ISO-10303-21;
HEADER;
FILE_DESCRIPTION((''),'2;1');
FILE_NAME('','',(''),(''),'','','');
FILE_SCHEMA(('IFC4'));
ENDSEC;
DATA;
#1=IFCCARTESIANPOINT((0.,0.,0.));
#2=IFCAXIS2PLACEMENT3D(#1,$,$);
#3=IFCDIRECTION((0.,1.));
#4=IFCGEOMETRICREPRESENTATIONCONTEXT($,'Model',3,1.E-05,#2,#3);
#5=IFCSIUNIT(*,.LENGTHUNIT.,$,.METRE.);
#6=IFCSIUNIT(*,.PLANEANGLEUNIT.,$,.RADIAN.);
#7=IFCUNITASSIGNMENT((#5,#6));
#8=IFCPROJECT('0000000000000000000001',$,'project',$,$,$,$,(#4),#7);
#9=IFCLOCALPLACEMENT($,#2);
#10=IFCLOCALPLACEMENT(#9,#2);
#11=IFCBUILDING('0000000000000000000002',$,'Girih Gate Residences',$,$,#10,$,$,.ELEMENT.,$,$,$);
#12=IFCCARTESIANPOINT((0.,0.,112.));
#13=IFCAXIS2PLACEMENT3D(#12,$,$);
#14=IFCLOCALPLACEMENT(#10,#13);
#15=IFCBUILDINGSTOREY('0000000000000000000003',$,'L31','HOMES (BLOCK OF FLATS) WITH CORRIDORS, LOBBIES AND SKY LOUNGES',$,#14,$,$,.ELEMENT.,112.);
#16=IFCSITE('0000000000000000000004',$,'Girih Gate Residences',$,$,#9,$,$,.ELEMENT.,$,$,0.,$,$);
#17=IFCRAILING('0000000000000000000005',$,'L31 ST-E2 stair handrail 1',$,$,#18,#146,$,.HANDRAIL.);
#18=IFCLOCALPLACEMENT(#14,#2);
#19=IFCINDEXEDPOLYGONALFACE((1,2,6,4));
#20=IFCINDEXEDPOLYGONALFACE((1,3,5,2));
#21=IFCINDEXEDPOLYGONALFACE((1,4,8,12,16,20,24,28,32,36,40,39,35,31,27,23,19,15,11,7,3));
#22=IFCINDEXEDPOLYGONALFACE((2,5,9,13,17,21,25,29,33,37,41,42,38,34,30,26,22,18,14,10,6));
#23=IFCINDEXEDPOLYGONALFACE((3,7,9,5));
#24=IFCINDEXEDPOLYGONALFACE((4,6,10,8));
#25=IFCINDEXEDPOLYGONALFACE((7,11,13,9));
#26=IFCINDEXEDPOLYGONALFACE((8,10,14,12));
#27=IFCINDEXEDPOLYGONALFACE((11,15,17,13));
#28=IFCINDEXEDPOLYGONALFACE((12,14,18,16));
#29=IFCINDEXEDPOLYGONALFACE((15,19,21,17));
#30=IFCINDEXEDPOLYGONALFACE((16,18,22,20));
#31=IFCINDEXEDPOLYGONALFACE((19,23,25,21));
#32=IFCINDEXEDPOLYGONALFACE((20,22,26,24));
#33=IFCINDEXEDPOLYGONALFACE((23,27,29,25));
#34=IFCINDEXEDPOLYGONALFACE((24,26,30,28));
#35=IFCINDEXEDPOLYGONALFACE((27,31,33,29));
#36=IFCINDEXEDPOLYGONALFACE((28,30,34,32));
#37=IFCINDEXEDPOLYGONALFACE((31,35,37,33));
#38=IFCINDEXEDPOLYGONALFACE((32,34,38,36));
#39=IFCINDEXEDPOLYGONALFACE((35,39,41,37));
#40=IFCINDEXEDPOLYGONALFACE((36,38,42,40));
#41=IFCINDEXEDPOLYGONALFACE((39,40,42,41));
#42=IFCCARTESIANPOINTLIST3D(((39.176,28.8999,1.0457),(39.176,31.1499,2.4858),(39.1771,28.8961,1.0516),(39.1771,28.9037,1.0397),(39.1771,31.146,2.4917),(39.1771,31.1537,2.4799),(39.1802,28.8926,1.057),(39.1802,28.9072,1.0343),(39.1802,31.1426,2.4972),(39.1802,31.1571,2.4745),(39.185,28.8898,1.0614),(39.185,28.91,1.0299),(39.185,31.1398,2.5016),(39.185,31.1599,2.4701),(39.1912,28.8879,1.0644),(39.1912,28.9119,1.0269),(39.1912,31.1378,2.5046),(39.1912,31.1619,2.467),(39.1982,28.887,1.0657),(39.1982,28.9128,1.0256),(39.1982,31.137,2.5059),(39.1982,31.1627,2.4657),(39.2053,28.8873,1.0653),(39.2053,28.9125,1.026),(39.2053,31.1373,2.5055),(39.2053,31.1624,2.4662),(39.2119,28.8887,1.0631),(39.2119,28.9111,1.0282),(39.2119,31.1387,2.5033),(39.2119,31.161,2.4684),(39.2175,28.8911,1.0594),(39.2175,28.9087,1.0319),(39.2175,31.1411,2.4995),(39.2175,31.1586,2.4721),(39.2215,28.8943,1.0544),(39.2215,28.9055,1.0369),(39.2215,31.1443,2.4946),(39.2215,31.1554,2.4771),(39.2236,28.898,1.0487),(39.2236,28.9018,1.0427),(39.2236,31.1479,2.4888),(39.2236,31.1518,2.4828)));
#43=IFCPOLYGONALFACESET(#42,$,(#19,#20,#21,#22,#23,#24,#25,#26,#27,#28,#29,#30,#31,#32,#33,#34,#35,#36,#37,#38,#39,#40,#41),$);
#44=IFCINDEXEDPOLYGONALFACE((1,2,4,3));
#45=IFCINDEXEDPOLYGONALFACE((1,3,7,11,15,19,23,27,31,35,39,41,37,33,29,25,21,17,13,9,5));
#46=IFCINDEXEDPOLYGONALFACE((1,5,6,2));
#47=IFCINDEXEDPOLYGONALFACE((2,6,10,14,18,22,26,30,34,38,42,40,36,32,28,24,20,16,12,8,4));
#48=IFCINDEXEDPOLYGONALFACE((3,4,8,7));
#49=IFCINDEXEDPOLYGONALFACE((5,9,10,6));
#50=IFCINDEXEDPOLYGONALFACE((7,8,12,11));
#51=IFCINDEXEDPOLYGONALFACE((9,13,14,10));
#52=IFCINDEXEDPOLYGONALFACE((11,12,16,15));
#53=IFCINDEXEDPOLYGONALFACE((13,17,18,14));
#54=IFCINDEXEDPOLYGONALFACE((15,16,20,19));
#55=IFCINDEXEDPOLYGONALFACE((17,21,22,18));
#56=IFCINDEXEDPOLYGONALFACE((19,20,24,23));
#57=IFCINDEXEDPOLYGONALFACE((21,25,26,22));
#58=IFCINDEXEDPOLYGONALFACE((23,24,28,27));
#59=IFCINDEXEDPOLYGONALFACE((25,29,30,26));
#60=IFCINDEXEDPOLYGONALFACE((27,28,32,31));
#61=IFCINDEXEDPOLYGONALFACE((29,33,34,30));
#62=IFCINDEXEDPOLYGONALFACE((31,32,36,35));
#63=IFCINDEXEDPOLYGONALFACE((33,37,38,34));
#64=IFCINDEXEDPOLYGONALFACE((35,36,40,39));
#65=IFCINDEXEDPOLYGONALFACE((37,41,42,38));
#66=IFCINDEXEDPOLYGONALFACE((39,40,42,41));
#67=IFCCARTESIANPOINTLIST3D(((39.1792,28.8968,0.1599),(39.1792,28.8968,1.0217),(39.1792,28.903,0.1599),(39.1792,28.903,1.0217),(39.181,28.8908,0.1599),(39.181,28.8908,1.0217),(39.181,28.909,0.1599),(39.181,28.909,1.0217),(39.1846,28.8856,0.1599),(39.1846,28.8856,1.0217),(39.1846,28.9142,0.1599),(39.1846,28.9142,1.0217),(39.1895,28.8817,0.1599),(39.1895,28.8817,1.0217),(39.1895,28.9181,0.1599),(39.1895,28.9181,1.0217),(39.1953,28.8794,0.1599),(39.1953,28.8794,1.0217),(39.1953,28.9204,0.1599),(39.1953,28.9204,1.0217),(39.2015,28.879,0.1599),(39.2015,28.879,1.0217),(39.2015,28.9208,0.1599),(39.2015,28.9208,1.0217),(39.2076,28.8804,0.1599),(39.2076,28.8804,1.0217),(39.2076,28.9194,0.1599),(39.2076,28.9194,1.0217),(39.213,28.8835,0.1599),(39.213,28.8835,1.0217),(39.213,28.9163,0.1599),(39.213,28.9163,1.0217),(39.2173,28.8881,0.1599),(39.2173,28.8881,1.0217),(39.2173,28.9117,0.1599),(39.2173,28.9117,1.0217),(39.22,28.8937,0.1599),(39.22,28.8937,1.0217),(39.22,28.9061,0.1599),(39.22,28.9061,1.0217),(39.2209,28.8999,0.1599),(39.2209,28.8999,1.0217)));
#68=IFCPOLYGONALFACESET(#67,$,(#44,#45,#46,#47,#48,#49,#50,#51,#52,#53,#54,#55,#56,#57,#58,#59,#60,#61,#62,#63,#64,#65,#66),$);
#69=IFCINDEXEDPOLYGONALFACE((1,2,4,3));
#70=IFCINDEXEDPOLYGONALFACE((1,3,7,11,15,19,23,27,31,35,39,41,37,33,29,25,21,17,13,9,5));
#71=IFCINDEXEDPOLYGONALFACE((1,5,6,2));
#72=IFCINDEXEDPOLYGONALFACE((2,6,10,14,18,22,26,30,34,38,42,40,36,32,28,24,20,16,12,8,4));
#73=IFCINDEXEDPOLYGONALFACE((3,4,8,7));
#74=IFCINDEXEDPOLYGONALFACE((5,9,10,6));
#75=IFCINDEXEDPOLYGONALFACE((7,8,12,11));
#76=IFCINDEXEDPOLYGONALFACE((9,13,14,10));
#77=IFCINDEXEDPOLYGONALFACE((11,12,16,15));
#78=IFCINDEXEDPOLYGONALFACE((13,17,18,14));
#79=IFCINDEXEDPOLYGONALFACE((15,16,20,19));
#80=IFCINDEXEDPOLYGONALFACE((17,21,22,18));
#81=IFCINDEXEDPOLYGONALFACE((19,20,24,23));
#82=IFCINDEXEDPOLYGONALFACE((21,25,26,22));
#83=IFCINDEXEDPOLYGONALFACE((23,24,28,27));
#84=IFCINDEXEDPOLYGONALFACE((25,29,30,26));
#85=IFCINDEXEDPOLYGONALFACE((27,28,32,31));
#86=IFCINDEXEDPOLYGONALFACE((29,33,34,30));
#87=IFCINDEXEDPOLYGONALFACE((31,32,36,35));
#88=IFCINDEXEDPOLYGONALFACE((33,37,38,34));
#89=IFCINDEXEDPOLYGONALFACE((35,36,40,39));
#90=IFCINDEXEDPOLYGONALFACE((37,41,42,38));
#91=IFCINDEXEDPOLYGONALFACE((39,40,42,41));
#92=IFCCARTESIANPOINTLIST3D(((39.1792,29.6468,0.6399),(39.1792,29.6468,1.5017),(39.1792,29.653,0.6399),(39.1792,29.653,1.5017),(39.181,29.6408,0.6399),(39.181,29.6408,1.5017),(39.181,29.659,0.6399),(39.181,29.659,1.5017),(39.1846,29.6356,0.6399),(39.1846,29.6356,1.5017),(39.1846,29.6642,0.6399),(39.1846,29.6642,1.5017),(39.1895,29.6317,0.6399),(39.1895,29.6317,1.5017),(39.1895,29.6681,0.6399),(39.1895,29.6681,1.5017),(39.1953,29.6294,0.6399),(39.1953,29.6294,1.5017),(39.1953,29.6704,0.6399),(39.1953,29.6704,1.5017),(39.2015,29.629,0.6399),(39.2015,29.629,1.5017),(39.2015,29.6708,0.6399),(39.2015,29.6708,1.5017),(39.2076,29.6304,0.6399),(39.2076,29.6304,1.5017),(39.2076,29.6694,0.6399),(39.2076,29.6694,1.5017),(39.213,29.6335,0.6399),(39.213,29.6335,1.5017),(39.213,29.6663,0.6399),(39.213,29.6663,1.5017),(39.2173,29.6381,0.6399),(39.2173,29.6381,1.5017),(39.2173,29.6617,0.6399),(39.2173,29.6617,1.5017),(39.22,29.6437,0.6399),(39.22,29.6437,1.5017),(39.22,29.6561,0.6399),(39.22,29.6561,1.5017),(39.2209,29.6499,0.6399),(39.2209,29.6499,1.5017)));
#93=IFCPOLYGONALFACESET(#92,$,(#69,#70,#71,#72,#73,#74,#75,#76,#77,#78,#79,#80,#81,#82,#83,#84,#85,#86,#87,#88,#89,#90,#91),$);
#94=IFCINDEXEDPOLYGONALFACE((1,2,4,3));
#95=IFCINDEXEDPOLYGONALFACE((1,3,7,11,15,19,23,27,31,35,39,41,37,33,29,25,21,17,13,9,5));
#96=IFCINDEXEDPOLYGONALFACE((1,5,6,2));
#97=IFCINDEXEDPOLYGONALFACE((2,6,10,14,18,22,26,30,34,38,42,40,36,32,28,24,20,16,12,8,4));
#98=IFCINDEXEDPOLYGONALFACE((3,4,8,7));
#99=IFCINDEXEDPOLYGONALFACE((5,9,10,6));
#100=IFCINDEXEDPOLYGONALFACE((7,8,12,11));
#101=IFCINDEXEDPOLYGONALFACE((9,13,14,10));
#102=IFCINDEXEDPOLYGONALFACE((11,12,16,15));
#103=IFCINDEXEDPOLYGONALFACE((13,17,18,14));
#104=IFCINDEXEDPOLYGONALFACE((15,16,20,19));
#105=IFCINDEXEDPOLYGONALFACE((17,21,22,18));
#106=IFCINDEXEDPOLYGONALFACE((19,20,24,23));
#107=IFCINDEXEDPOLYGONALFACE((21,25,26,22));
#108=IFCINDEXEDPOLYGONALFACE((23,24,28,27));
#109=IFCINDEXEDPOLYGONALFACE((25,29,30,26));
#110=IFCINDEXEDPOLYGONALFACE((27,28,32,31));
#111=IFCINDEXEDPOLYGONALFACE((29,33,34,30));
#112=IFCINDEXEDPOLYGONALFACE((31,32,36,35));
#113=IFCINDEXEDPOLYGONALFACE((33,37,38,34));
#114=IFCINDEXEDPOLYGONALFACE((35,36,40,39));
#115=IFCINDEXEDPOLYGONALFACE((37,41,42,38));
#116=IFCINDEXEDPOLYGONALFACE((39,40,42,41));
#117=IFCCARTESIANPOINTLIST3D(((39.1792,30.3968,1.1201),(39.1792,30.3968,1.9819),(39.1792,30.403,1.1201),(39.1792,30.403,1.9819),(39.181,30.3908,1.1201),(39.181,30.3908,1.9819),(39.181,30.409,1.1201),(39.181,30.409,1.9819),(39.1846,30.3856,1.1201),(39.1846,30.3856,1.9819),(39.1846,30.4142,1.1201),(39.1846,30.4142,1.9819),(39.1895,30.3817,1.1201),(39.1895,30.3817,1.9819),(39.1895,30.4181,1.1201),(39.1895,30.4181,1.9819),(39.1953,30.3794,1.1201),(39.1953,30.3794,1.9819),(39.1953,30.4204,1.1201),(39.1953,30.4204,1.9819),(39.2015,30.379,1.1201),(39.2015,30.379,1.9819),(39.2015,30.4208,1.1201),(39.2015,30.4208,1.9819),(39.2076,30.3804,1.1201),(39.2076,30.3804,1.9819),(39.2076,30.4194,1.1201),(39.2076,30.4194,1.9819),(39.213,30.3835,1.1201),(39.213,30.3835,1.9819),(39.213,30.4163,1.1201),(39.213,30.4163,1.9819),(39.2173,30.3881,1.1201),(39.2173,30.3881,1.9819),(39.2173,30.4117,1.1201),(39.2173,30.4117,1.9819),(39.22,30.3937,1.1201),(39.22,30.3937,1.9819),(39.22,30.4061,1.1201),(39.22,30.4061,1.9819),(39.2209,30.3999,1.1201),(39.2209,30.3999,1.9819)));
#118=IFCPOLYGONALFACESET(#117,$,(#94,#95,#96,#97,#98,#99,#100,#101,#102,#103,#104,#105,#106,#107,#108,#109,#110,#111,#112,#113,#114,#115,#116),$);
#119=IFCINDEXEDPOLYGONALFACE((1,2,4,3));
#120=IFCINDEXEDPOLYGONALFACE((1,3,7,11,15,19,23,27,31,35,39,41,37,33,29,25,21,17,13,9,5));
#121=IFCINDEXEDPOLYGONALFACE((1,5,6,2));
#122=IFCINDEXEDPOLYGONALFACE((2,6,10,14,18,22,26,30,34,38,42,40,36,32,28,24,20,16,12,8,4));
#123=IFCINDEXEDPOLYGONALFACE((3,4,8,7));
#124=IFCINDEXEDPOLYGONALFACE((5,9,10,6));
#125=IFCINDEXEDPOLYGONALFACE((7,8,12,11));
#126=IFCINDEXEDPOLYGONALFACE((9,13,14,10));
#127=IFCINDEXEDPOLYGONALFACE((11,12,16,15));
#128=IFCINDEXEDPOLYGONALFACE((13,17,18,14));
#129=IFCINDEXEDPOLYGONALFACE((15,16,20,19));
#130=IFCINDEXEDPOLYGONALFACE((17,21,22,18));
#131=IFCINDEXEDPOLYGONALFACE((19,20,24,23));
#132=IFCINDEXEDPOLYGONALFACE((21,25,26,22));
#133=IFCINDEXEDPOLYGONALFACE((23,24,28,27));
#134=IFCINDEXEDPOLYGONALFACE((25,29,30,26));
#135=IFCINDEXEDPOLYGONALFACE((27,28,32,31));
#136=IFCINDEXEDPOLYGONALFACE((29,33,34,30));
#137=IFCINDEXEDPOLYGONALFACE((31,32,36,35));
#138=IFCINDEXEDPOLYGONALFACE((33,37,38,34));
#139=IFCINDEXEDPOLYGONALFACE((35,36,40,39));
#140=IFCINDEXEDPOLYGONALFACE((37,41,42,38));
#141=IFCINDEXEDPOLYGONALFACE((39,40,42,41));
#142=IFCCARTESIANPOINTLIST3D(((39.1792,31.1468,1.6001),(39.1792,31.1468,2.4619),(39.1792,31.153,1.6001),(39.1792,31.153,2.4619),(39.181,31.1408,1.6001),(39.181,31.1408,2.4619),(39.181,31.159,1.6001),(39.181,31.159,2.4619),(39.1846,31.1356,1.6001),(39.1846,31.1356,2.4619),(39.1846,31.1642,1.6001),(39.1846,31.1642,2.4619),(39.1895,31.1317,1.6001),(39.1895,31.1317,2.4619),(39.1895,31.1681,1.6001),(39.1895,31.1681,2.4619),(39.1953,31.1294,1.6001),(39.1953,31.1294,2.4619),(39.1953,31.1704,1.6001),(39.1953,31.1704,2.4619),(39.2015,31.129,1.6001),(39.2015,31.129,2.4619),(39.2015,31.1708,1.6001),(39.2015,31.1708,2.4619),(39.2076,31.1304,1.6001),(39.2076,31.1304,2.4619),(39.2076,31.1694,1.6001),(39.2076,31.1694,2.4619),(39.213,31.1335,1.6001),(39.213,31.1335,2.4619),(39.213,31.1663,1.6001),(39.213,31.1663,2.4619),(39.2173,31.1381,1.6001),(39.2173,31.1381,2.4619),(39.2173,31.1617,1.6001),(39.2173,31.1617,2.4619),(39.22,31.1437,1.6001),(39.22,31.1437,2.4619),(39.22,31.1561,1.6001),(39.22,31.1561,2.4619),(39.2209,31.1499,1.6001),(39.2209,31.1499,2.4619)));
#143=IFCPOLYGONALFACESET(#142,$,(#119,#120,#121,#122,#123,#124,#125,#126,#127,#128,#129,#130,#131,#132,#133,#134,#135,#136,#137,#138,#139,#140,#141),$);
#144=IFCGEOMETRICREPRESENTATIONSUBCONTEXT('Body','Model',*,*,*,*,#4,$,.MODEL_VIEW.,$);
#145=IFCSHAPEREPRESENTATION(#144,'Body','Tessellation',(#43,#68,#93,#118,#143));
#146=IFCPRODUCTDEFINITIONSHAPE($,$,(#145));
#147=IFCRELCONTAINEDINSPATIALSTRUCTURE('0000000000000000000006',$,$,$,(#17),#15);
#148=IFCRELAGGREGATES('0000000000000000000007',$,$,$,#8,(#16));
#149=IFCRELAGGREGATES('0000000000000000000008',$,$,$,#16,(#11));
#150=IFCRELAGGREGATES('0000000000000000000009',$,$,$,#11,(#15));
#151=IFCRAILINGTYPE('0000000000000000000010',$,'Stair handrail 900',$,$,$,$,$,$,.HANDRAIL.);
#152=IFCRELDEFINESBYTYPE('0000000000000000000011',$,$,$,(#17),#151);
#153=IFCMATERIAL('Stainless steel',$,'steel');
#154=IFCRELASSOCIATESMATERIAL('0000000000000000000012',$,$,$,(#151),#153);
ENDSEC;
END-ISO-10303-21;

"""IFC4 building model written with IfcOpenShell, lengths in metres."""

from ifc_helpers import new_model, si_unit, direction, frame, origin, origin_2d, place, context, subcontext, project, spatial, circle, extrude, material, type_object, element, save


model = new_model("IFC4")

# Units and contexts
model_context = context("Model", 3, precision=1e-05, world=origin(), true_north=direction((0.0, 1.0)))
body_context = subcontext(model_context, "Body", "Model", "MODEL_VIEW")
ifc_project = project(units=[si_unit("LENGTHUNIT", "METRE"), si_unit("PLANEANGLEUNIT", "RADIAN")], contexts=[model_context])

# Site, building, storey
site_placement = place(None, origin())
site = spatial("IfcSite", under=ifc_project, at=site_placement, Name="Girih Gate Residences", CompositionType="ELEMENT", RefElevation=0.0)
building_placement = place(site_placement, origin())
building = spatial("IfcBuilding", under=site, at=building_placement, Name="Girih Gate Residences", CompositionType="ELEMENT")
storey_placement = place(building_placement, frame((0.0, 0.0, 112.0)))
storey = spatial("IfcBuildingStorey", under=building, at=storey_placement, Name="L31", Description="HOMES (BLOCK OF FLATS) WITH CORRIDORS, LOBBIES AND SKY LOUNGES", CompositionType="ELEMENT", Elevation=112.0)

# Railing
ifc_material_1 = material(Name="Stainless steel", Category="steel")
railing_type_1 = type_object("IfcRailingType", Name="Stair handrail 900", PredefinedType="HANDRAIL", material=ifc_material_1)
railing_1_placement = place(storey_placement, frame((39.2, 28.8999, 0.1599)))
element("IfcRailing", 1, at=railing_1_placement, inside=storey, type_object=railing_type_1, Name="L31 ST-E2 stair handrail 1", PredefinedType="HANDRAIL", context=body_context, shape_type="SweptSolid", body=[
    extrude(circle(Radius=0.0239, at=origin_2d()), frame((0.0, 0.0, 0.8857), z_axis=(0.0, 0.84224, 0.539103), x_axis=(-1.0, 0.0, 0.0)), (0.0, 0.0, 1.0), 2.6714),
    extrude(circle(Radius=0.021, at=origin_2d()), origin(), (0.0, 0.0, 1.0), 0.8618),
    extrude(circle(Radius=0.021, at=origin_2d()), frame((0.0, 0.75, 0.48)), (0.0, 0.0, 1.0), 0.8618),
    extrude(circle(Radius=0.021, at=origin_2d()), frame((0.0, 1.5, 0.9602)), (0.0, 0.0, 1.0), 0.8618),
    extrude(circle(Radius=0.021, at=origin_2d()), frame((0.0, 2.25, 1.4402)), (0.0, 0.0, 1.0), 0.8618),
])

save(model, "model.ifc")
